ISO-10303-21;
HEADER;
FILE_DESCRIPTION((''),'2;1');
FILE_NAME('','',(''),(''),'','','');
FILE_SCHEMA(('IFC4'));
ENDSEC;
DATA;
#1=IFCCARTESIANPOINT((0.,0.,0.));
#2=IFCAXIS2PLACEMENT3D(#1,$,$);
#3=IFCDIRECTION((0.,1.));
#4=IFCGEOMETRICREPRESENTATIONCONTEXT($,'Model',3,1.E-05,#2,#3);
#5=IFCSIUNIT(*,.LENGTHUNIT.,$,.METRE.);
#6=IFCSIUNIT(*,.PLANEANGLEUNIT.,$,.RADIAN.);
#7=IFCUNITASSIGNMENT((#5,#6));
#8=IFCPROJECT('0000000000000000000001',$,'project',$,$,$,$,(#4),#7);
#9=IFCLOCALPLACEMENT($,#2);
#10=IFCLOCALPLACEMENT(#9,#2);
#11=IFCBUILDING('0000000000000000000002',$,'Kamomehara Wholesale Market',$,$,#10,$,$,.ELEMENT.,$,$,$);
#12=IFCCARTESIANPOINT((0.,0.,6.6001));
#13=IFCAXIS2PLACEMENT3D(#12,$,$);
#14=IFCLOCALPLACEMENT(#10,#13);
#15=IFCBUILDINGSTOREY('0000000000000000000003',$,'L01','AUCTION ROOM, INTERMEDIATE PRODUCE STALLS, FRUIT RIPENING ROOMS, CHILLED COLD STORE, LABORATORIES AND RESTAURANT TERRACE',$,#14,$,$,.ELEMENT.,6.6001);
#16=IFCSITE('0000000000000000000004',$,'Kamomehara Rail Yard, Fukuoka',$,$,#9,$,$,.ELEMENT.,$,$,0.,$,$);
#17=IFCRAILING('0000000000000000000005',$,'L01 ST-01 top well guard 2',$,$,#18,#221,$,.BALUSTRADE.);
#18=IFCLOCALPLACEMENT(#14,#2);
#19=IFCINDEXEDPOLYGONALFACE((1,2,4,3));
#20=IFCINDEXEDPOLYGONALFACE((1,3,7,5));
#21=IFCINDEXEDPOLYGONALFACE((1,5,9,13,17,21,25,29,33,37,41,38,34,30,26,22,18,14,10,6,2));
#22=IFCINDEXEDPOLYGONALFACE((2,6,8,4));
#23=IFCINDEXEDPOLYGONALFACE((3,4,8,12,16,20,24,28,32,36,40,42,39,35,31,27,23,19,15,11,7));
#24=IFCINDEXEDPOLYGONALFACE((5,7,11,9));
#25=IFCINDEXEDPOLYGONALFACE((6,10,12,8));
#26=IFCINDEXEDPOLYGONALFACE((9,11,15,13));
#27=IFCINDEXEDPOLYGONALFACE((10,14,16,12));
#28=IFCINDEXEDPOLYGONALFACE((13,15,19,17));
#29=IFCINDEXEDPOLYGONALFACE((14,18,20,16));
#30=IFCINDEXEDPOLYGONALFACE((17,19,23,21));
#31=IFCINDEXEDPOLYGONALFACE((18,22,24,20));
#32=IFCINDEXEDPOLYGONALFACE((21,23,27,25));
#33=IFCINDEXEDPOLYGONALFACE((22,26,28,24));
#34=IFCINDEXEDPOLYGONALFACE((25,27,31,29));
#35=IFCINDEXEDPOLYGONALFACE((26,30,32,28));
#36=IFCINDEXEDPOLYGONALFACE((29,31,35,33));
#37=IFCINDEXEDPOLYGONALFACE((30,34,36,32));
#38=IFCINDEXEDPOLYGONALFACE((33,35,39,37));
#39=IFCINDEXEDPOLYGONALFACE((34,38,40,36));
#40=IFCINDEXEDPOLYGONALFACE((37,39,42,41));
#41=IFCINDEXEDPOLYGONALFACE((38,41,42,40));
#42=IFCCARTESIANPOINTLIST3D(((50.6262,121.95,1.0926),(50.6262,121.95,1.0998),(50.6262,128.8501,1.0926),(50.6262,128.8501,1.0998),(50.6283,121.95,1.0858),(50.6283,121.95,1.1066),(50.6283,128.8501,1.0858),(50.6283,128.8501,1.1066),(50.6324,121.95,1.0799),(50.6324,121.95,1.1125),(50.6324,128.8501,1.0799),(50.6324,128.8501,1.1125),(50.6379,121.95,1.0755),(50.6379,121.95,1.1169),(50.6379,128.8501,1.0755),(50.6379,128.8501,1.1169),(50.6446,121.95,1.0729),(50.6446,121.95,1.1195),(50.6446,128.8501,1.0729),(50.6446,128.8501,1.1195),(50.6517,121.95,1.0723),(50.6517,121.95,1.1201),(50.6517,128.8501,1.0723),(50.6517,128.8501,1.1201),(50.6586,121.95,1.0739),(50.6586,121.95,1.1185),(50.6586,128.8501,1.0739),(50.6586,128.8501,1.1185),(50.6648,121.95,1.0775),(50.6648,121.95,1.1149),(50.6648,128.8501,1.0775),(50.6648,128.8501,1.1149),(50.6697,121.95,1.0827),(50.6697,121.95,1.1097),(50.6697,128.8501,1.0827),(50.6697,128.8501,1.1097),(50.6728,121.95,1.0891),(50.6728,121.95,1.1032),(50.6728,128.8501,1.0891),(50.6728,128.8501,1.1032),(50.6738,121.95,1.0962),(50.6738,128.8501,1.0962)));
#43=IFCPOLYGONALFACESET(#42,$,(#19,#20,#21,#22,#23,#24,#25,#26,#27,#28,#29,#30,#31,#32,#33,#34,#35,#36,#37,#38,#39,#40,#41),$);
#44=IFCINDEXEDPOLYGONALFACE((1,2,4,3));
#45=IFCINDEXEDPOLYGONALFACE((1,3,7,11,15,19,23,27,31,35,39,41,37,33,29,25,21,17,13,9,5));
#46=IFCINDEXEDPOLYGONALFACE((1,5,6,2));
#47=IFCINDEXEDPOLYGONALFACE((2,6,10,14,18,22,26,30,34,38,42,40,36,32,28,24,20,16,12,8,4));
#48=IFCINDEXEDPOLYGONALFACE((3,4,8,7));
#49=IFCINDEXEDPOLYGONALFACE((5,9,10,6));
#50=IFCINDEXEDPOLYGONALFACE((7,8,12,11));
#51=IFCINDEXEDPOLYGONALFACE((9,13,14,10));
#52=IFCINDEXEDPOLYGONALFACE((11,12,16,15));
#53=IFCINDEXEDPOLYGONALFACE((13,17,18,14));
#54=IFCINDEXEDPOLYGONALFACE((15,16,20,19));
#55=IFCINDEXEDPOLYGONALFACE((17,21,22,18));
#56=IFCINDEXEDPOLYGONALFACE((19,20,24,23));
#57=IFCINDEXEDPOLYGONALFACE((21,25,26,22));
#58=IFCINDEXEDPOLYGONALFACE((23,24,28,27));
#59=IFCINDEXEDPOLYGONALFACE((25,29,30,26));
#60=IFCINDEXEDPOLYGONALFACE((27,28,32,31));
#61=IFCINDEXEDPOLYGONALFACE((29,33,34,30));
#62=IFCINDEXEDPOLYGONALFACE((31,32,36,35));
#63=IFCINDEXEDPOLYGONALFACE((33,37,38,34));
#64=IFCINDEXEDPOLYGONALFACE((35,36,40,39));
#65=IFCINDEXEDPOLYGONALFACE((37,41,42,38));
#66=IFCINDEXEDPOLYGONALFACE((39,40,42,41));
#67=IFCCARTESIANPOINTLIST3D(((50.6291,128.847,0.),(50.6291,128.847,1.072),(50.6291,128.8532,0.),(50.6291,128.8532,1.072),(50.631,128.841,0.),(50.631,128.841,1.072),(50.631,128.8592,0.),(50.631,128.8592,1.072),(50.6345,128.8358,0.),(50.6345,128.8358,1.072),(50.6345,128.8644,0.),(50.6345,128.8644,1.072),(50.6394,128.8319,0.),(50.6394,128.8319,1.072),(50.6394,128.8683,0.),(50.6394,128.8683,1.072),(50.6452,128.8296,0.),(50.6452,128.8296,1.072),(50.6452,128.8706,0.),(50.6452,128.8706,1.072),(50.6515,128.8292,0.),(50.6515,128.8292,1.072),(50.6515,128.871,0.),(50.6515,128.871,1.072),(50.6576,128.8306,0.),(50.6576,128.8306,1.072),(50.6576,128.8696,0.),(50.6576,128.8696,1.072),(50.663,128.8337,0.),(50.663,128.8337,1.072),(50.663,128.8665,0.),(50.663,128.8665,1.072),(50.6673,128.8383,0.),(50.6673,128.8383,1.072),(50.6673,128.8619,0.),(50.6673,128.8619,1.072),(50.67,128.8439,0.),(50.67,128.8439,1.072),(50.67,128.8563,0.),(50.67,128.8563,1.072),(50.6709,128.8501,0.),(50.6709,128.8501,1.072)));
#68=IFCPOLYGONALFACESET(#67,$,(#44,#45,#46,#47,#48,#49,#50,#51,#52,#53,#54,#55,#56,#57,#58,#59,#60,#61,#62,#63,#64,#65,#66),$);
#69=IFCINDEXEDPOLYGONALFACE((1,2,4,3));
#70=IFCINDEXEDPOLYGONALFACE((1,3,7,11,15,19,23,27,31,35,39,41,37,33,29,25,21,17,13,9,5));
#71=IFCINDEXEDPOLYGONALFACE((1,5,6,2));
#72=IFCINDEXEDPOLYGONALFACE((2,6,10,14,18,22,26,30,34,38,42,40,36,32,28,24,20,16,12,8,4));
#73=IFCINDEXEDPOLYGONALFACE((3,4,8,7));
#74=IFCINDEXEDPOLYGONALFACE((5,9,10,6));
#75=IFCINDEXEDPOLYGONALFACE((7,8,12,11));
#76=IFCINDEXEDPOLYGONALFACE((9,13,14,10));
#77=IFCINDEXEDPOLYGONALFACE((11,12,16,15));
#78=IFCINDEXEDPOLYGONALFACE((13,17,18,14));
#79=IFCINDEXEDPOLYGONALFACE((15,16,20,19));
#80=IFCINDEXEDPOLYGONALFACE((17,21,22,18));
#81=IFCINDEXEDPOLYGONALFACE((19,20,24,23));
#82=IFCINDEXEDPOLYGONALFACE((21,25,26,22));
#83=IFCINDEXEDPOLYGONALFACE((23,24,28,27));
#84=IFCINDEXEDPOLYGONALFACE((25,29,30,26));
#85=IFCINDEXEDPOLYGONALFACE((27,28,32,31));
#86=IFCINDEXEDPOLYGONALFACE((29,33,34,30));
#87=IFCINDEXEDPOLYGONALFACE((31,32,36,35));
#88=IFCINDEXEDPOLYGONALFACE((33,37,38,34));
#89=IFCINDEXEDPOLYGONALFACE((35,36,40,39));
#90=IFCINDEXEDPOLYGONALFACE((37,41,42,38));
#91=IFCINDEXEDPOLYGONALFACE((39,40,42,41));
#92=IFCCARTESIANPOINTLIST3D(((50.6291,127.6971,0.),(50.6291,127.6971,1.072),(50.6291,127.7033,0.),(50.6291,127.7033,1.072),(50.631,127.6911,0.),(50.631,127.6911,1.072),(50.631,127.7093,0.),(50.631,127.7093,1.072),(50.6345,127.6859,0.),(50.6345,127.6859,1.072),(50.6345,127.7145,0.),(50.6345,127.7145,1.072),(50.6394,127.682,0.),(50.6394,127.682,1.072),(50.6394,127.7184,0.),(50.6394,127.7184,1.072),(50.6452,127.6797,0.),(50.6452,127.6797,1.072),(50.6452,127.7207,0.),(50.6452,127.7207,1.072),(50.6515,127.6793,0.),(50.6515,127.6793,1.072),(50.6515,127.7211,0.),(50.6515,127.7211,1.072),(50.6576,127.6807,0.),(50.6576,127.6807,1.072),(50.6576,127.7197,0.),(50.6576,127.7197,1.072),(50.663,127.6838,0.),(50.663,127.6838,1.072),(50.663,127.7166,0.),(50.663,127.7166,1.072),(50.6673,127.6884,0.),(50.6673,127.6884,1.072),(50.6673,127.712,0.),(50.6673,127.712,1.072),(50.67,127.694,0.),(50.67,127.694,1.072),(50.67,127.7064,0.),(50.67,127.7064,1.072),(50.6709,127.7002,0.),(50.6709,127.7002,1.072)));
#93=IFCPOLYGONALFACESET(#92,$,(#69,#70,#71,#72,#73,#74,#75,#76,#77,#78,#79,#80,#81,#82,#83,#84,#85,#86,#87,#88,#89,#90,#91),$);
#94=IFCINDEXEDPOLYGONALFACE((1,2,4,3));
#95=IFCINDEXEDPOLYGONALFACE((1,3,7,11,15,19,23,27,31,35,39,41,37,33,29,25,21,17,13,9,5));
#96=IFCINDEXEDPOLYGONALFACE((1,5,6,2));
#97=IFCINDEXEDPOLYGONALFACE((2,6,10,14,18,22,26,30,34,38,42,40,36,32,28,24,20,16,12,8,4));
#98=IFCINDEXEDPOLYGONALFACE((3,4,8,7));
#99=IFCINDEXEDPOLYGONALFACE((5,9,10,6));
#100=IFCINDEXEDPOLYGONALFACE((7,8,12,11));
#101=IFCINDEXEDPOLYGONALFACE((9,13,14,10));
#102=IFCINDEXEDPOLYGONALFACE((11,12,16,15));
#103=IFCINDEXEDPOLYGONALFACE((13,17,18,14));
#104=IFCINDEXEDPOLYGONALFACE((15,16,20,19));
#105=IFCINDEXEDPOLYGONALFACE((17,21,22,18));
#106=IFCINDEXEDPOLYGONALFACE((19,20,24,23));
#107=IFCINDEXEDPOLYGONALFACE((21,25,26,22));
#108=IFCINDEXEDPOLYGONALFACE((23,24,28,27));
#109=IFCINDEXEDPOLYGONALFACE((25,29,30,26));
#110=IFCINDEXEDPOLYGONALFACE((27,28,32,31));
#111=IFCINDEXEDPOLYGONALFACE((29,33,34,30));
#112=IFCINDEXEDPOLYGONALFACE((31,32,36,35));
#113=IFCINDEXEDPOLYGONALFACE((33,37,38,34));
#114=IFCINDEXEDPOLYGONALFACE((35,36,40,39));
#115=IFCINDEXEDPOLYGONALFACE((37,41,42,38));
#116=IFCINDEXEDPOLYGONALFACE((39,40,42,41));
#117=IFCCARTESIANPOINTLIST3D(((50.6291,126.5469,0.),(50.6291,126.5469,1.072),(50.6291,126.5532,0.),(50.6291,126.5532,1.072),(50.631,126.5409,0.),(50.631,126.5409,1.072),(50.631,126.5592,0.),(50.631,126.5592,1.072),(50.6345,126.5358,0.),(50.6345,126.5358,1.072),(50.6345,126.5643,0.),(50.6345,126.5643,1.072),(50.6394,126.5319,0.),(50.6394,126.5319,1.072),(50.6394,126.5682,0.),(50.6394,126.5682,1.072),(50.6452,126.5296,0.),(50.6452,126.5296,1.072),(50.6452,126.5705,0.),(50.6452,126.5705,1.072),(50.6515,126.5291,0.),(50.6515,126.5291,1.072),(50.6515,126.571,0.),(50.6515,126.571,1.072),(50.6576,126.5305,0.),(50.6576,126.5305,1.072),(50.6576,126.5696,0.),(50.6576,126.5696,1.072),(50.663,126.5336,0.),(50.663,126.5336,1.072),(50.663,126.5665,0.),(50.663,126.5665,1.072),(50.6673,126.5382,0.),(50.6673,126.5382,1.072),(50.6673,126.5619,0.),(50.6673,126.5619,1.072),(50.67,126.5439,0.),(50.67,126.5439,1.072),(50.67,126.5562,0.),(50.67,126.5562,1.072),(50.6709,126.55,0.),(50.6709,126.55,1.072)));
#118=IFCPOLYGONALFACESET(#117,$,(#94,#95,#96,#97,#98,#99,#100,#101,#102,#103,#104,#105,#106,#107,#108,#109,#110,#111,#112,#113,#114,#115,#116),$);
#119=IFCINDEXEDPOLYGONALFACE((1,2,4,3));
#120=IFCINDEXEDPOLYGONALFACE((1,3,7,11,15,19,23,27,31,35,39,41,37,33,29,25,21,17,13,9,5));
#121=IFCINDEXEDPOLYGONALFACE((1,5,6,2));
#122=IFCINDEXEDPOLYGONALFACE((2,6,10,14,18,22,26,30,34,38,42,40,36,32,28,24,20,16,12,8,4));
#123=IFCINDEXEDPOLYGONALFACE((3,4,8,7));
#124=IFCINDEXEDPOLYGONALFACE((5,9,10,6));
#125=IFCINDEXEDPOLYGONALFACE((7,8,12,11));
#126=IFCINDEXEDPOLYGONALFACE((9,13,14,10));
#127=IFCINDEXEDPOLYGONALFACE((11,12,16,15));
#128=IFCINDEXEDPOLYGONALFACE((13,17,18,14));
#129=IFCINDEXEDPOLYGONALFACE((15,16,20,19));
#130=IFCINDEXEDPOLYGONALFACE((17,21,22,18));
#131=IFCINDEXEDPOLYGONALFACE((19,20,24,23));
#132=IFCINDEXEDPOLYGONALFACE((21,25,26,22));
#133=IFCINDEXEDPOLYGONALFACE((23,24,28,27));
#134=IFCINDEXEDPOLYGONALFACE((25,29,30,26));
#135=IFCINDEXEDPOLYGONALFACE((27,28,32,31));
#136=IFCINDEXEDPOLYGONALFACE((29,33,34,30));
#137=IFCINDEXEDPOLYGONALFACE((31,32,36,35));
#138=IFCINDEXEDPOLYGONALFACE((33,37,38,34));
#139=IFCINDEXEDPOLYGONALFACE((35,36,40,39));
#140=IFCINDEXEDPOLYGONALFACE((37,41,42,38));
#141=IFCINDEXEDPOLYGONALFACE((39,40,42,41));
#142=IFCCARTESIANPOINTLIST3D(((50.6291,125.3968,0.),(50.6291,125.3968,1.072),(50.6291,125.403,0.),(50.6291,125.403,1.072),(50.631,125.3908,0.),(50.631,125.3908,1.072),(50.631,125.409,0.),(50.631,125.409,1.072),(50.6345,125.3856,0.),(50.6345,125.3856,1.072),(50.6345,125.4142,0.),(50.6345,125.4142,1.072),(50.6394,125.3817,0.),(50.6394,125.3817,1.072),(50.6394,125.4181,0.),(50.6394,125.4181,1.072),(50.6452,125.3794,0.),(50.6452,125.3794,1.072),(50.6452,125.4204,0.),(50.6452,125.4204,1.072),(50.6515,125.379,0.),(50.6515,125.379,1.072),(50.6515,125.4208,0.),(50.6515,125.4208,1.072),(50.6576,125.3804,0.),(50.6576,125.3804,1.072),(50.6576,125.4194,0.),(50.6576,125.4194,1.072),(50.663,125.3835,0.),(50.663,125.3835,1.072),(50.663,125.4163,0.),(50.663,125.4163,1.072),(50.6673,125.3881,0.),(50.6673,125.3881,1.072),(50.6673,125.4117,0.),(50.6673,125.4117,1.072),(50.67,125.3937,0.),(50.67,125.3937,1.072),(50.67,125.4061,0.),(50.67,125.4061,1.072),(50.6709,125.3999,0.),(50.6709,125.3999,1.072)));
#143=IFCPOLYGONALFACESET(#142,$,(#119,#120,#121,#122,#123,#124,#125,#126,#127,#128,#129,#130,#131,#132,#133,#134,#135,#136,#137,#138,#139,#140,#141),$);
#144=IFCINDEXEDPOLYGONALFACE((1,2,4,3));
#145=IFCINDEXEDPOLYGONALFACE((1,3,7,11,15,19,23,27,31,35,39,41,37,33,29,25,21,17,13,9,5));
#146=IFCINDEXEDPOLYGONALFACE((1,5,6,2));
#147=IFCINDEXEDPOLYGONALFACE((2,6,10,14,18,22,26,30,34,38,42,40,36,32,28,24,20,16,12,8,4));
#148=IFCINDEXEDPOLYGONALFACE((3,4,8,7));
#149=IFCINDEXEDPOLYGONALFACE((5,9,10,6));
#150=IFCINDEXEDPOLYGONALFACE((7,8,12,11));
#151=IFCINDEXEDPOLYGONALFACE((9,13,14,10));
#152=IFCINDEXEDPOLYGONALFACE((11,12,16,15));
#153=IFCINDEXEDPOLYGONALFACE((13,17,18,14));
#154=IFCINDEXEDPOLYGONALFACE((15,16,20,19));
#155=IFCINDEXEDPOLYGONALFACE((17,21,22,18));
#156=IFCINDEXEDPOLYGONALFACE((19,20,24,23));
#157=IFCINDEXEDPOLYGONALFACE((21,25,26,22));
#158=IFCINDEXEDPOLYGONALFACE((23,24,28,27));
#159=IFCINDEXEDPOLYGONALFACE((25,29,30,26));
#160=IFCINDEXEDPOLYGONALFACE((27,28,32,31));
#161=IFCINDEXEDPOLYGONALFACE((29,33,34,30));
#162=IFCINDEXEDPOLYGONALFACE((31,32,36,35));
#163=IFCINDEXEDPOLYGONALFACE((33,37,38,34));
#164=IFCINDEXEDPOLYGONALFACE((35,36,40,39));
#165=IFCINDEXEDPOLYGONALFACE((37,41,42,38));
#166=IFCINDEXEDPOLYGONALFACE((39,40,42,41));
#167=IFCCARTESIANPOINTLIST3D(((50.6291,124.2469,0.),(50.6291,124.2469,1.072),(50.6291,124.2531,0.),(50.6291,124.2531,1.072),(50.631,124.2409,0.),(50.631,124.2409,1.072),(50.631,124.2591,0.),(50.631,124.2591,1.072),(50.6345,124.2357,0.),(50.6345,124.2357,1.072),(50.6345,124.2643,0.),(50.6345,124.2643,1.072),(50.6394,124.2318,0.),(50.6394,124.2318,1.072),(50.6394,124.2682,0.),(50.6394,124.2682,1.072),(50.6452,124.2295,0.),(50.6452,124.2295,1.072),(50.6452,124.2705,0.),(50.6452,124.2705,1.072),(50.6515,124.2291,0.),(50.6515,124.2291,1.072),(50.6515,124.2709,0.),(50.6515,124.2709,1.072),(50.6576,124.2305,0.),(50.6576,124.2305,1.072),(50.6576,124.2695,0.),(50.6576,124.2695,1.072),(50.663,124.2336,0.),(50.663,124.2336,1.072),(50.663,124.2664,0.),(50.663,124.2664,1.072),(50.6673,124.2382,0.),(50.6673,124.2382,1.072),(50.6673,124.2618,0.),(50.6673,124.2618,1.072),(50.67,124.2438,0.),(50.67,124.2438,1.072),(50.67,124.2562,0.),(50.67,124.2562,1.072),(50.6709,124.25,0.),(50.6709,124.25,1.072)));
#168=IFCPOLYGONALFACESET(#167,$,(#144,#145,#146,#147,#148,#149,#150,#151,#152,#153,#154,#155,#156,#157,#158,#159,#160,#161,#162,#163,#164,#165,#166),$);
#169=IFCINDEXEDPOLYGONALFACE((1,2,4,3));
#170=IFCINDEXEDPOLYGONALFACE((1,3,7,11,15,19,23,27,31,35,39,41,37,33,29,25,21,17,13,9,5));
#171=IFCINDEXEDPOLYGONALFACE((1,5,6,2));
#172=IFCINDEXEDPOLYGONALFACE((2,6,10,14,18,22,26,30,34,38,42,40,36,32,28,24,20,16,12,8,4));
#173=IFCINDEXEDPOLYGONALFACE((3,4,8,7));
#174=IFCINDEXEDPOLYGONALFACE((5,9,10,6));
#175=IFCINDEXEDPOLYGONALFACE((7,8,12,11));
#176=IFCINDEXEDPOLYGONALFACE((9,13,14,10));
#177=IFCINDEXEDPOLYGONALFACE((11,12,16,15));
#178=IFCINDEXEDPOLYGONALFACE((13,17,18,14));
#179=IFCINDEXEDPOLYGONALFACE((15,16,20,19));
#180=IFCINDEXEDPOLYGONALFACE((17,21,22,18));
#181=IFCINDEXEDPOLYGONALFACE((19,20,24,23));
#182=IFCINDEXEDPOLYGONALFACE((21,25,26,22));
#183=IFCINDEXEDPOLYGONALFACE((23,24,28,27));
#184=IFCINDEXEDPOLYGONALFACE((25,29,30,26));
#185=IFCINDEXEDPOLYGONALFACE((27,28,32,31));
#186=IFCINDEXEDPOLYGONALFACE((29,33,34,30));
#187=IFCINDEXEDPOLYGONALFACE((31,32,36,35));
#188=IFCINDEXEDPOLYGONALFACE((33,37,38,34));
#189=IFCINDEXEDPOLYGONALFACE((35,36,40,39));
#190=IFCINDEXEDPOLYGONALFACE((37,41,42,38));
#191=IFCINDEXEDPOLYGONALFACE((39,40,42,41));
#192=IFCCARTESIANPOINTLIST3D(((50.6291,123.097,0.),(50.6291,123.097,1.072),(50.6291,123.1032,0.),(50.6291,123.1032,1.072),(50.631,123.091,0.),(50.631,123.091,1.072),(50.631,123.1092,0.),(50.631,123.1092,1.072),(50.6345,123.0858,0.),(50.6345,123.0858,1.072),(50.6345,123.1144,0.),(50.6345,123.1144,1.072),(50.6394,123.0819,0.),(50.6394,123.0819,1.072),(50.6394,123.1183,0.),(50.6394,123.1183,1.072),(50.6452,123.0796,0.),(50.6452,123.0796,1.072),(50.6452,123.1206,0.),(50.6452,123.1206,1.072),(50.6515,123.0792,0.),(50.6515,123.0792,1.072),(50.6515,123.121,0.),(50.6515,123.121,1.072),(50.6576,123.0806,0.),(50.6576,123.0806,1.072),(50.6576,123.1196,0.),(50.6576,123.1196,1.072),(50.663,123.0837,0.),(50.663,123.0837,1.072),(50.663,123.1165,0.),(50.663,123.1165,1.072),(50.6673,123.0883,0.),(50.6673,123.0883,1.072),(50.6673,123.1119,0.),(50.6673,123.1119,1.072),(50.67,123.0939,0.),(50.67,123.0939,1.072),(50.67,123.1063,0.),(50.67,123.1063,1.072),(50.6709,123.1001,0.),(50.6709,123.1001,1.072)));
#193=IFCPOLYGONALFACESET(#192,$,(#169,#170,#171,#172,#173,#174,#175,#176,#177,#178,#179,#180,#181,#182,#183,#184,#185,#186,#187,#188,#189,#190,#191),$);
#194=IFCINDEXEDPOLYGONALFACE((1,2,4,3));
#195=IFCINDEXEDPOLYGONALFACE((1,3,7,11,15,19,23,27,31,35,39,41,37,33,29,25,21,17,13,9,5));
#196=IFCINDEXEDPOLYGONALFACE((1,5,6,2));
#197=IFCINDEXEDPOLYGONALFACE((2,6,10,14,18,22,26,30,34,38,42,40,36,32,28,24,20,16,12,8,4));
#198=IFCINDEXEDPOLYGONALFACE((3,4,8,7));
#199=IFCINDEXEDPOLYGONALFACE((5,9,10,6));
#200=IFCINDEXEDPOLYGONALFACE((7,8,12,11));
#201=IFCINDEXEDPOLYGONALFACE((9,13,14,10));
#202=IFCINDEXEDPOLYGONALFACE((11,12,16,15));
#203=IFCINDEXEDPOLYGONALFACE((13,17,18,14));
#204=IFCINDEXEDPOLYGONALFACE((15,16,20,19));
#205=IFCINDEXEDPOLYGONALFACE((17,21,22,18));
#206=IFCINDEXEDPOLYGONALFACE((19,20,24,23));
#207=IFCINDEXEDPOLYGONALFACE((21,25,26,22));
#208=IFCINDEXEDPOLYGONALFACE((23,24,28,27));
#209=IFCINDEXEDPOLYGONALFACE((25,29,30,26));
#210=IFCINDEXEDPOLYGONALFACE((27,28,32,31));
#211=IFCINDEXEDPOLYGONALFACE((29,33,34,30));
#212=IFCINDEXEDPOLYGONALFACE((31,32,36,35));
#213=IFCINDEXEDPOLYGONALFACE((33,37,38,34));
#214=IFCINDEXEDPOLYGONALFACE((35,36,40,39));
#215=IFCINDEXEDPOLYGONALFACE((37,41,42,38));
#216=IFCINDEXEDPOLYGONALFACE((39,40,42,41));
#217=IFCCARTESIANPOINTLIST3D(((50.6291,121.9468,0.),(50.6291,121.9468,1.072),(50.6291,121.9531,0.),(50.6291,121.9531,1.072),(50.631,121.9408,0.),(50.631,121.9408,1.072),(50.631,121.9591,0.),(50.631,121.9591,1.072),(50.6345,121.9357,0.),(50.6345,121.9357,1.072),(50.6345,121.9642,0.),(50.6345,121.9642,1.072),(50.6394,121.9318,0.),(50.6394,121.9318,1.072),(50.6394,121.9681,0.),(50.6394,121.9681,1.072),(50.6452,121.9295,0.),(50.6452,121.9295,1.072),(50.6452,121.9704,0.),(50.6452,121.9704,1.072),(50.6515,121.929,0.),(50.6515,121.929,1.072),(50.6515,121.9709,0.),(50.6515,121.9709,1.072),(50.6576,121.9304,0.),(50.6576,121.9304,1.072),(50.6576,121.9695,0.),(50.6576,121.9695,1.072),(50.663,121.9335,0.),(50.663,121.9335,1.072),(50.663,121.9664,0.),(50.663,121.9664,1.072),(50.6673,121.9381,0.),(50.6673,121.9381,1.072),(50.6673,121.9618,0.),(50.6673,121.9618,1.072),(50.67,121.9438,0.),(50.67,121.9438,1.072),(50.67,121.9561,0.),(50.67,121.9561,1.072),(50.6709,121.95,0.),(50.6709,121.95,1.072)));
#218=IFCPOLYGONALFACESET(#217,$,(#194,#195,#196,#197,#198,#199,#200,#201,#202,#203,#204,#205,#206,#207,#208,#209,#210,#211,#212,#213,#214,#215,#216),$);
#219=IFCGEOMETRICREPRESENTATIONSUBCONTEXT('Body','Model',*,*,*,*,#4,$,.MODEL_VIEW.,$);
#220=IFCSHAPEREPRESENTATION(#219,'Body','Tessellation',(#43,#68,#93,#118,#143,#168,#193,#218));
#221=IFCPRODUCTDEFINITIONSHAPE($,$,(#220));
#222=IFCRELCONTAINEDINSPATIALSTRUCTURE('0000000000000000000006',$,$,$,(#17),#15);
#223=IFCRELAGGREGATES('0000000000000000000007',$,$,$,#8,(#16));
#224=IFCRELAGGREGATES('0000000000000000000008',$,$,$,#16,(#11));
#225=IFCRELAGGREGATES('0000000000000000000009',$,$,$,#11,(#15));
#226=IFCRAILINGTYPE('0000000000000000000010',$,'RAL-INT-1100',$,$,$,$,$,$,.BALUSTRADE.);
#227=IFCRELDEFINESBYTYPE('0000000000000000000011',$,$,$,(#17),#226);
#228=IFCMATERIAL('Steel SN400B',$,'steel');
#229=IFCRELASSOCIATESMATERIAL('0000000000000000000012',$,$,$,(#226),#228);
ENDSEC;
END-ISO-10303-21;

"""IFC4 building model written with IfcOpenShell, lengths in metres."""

from ifc_helpers import new_model, si_unit, direction, frame, origin, origin_2d, place, context, subcontext, project, spatial, circle, extrude, material, type_object, element, save


model = new_model("IFC4")

# Units and contexts
model_context = context("Model", 3, precision=1e-05, world=origin(), true_north=direction((0.0, 1.0)))
body_context = subcontext(model_context, "Body", "Model", "MODEL_VIEW")
ifc_project = project(units=[si_unit("LENGTHUNIT", "METRE"), si_unit("PLANEANGLEUNIT", "RADIAN")], contexts=[model_context])

# Site, building, storey
site_placement = place(None, origin())
site = spatial("IfcSite", under=ifc_project, at=site_placement, Name="Kamomehara Rail Yard, Fukuoka", CompositionType="ELEMENT", RefElevation=0.0)
building_placement = place(site_placement, origin())
building = spatial("IfcBuilding", under=site, at=building_placement, Name="Kamomehara Wholesale Market", CompositionType="ELEMENT")
storey_placement = place(building_placement, frame((0.0, 0.0, 6.6001)))
storey = spatial("IfcBuildingStorey", under=building, at=storey_placement, Name="L01", Description="AUCTION ROOM, INTERMEDIATE PRODUCE STALLS, FRUIT RIPENING ROOMS, CHILLED COLD STORE, LABORATORIES AND RESTAURANT TERRACE", CompositionType="ELEMENT", Elevation=6.6001)

# Railing
ifc_material_1 = material(Name="Steel SN400B", Category="steel")
railing_type = type_object("IfcRailingType", Name="RAL-INT-1100", PredefinedType="BALUSTRADE", material=ifc_material_1)
railing_1_placement = place(storey_placement, frame((50.6499, 128.8501, 0.0)))
element("IfcRailing", 1, at=railing_1_placement, inside=storey, type_object=railing_type, Name="L01 ST-01 top well guard 2", PredefinedType="BALUSTRADE", context=body_context, shape_type="SweptSolid", body=[
    extrude(circle(Radius=0.0239, at=origin_2d()), frame((0.0, 0.0, 1.0962), z_axis=(0.0, -1.0, 0.0), x_axis=(1.0, 0.0, 0.0)), (0.0, 0.0, 1.0), 6.9001),
    extrude(circle(Radius=0.021, at=origin_2d()), origin(), (0.0, 0.0, 1.0), 1.072),
    extrude(circle(Radius=0.021, at=origin_2d()), frame((0.0, -1.1499, 0.0)), (0.0, 0.0, 1.0), 1.072),
    extrude(circle(Radius=0.021, at=origin_2d()), frame((0.0, -2.3, 0.0)), (0.0, 0.0, 1.0), 1.072),
    extrude(circle(Radius=0.021, at=origin_2d()), frame((0.0, -3.4502, 0.0)), (0.0, 0.0, 1.0), 1.072),
    extrude(circle(Radius=0.021, at=origin_2d()), frame((0.0, -4.6001, 0.0)), (0.0, 0.0, 1.0), 1.072),
    extrude(circle(Radius=0.021, at=origin_2d()), frame((0.0, -5.75, 0.0)), (0.0, 0.0, 1.0), 1.072),
    extrude(circle(Radius=0.021, at=origin_2d()), frame((0.0, -6.9001, 0.0)), (0.0, 0.0, 1.0), 1.072),
])

save(model, "model.ifc")
